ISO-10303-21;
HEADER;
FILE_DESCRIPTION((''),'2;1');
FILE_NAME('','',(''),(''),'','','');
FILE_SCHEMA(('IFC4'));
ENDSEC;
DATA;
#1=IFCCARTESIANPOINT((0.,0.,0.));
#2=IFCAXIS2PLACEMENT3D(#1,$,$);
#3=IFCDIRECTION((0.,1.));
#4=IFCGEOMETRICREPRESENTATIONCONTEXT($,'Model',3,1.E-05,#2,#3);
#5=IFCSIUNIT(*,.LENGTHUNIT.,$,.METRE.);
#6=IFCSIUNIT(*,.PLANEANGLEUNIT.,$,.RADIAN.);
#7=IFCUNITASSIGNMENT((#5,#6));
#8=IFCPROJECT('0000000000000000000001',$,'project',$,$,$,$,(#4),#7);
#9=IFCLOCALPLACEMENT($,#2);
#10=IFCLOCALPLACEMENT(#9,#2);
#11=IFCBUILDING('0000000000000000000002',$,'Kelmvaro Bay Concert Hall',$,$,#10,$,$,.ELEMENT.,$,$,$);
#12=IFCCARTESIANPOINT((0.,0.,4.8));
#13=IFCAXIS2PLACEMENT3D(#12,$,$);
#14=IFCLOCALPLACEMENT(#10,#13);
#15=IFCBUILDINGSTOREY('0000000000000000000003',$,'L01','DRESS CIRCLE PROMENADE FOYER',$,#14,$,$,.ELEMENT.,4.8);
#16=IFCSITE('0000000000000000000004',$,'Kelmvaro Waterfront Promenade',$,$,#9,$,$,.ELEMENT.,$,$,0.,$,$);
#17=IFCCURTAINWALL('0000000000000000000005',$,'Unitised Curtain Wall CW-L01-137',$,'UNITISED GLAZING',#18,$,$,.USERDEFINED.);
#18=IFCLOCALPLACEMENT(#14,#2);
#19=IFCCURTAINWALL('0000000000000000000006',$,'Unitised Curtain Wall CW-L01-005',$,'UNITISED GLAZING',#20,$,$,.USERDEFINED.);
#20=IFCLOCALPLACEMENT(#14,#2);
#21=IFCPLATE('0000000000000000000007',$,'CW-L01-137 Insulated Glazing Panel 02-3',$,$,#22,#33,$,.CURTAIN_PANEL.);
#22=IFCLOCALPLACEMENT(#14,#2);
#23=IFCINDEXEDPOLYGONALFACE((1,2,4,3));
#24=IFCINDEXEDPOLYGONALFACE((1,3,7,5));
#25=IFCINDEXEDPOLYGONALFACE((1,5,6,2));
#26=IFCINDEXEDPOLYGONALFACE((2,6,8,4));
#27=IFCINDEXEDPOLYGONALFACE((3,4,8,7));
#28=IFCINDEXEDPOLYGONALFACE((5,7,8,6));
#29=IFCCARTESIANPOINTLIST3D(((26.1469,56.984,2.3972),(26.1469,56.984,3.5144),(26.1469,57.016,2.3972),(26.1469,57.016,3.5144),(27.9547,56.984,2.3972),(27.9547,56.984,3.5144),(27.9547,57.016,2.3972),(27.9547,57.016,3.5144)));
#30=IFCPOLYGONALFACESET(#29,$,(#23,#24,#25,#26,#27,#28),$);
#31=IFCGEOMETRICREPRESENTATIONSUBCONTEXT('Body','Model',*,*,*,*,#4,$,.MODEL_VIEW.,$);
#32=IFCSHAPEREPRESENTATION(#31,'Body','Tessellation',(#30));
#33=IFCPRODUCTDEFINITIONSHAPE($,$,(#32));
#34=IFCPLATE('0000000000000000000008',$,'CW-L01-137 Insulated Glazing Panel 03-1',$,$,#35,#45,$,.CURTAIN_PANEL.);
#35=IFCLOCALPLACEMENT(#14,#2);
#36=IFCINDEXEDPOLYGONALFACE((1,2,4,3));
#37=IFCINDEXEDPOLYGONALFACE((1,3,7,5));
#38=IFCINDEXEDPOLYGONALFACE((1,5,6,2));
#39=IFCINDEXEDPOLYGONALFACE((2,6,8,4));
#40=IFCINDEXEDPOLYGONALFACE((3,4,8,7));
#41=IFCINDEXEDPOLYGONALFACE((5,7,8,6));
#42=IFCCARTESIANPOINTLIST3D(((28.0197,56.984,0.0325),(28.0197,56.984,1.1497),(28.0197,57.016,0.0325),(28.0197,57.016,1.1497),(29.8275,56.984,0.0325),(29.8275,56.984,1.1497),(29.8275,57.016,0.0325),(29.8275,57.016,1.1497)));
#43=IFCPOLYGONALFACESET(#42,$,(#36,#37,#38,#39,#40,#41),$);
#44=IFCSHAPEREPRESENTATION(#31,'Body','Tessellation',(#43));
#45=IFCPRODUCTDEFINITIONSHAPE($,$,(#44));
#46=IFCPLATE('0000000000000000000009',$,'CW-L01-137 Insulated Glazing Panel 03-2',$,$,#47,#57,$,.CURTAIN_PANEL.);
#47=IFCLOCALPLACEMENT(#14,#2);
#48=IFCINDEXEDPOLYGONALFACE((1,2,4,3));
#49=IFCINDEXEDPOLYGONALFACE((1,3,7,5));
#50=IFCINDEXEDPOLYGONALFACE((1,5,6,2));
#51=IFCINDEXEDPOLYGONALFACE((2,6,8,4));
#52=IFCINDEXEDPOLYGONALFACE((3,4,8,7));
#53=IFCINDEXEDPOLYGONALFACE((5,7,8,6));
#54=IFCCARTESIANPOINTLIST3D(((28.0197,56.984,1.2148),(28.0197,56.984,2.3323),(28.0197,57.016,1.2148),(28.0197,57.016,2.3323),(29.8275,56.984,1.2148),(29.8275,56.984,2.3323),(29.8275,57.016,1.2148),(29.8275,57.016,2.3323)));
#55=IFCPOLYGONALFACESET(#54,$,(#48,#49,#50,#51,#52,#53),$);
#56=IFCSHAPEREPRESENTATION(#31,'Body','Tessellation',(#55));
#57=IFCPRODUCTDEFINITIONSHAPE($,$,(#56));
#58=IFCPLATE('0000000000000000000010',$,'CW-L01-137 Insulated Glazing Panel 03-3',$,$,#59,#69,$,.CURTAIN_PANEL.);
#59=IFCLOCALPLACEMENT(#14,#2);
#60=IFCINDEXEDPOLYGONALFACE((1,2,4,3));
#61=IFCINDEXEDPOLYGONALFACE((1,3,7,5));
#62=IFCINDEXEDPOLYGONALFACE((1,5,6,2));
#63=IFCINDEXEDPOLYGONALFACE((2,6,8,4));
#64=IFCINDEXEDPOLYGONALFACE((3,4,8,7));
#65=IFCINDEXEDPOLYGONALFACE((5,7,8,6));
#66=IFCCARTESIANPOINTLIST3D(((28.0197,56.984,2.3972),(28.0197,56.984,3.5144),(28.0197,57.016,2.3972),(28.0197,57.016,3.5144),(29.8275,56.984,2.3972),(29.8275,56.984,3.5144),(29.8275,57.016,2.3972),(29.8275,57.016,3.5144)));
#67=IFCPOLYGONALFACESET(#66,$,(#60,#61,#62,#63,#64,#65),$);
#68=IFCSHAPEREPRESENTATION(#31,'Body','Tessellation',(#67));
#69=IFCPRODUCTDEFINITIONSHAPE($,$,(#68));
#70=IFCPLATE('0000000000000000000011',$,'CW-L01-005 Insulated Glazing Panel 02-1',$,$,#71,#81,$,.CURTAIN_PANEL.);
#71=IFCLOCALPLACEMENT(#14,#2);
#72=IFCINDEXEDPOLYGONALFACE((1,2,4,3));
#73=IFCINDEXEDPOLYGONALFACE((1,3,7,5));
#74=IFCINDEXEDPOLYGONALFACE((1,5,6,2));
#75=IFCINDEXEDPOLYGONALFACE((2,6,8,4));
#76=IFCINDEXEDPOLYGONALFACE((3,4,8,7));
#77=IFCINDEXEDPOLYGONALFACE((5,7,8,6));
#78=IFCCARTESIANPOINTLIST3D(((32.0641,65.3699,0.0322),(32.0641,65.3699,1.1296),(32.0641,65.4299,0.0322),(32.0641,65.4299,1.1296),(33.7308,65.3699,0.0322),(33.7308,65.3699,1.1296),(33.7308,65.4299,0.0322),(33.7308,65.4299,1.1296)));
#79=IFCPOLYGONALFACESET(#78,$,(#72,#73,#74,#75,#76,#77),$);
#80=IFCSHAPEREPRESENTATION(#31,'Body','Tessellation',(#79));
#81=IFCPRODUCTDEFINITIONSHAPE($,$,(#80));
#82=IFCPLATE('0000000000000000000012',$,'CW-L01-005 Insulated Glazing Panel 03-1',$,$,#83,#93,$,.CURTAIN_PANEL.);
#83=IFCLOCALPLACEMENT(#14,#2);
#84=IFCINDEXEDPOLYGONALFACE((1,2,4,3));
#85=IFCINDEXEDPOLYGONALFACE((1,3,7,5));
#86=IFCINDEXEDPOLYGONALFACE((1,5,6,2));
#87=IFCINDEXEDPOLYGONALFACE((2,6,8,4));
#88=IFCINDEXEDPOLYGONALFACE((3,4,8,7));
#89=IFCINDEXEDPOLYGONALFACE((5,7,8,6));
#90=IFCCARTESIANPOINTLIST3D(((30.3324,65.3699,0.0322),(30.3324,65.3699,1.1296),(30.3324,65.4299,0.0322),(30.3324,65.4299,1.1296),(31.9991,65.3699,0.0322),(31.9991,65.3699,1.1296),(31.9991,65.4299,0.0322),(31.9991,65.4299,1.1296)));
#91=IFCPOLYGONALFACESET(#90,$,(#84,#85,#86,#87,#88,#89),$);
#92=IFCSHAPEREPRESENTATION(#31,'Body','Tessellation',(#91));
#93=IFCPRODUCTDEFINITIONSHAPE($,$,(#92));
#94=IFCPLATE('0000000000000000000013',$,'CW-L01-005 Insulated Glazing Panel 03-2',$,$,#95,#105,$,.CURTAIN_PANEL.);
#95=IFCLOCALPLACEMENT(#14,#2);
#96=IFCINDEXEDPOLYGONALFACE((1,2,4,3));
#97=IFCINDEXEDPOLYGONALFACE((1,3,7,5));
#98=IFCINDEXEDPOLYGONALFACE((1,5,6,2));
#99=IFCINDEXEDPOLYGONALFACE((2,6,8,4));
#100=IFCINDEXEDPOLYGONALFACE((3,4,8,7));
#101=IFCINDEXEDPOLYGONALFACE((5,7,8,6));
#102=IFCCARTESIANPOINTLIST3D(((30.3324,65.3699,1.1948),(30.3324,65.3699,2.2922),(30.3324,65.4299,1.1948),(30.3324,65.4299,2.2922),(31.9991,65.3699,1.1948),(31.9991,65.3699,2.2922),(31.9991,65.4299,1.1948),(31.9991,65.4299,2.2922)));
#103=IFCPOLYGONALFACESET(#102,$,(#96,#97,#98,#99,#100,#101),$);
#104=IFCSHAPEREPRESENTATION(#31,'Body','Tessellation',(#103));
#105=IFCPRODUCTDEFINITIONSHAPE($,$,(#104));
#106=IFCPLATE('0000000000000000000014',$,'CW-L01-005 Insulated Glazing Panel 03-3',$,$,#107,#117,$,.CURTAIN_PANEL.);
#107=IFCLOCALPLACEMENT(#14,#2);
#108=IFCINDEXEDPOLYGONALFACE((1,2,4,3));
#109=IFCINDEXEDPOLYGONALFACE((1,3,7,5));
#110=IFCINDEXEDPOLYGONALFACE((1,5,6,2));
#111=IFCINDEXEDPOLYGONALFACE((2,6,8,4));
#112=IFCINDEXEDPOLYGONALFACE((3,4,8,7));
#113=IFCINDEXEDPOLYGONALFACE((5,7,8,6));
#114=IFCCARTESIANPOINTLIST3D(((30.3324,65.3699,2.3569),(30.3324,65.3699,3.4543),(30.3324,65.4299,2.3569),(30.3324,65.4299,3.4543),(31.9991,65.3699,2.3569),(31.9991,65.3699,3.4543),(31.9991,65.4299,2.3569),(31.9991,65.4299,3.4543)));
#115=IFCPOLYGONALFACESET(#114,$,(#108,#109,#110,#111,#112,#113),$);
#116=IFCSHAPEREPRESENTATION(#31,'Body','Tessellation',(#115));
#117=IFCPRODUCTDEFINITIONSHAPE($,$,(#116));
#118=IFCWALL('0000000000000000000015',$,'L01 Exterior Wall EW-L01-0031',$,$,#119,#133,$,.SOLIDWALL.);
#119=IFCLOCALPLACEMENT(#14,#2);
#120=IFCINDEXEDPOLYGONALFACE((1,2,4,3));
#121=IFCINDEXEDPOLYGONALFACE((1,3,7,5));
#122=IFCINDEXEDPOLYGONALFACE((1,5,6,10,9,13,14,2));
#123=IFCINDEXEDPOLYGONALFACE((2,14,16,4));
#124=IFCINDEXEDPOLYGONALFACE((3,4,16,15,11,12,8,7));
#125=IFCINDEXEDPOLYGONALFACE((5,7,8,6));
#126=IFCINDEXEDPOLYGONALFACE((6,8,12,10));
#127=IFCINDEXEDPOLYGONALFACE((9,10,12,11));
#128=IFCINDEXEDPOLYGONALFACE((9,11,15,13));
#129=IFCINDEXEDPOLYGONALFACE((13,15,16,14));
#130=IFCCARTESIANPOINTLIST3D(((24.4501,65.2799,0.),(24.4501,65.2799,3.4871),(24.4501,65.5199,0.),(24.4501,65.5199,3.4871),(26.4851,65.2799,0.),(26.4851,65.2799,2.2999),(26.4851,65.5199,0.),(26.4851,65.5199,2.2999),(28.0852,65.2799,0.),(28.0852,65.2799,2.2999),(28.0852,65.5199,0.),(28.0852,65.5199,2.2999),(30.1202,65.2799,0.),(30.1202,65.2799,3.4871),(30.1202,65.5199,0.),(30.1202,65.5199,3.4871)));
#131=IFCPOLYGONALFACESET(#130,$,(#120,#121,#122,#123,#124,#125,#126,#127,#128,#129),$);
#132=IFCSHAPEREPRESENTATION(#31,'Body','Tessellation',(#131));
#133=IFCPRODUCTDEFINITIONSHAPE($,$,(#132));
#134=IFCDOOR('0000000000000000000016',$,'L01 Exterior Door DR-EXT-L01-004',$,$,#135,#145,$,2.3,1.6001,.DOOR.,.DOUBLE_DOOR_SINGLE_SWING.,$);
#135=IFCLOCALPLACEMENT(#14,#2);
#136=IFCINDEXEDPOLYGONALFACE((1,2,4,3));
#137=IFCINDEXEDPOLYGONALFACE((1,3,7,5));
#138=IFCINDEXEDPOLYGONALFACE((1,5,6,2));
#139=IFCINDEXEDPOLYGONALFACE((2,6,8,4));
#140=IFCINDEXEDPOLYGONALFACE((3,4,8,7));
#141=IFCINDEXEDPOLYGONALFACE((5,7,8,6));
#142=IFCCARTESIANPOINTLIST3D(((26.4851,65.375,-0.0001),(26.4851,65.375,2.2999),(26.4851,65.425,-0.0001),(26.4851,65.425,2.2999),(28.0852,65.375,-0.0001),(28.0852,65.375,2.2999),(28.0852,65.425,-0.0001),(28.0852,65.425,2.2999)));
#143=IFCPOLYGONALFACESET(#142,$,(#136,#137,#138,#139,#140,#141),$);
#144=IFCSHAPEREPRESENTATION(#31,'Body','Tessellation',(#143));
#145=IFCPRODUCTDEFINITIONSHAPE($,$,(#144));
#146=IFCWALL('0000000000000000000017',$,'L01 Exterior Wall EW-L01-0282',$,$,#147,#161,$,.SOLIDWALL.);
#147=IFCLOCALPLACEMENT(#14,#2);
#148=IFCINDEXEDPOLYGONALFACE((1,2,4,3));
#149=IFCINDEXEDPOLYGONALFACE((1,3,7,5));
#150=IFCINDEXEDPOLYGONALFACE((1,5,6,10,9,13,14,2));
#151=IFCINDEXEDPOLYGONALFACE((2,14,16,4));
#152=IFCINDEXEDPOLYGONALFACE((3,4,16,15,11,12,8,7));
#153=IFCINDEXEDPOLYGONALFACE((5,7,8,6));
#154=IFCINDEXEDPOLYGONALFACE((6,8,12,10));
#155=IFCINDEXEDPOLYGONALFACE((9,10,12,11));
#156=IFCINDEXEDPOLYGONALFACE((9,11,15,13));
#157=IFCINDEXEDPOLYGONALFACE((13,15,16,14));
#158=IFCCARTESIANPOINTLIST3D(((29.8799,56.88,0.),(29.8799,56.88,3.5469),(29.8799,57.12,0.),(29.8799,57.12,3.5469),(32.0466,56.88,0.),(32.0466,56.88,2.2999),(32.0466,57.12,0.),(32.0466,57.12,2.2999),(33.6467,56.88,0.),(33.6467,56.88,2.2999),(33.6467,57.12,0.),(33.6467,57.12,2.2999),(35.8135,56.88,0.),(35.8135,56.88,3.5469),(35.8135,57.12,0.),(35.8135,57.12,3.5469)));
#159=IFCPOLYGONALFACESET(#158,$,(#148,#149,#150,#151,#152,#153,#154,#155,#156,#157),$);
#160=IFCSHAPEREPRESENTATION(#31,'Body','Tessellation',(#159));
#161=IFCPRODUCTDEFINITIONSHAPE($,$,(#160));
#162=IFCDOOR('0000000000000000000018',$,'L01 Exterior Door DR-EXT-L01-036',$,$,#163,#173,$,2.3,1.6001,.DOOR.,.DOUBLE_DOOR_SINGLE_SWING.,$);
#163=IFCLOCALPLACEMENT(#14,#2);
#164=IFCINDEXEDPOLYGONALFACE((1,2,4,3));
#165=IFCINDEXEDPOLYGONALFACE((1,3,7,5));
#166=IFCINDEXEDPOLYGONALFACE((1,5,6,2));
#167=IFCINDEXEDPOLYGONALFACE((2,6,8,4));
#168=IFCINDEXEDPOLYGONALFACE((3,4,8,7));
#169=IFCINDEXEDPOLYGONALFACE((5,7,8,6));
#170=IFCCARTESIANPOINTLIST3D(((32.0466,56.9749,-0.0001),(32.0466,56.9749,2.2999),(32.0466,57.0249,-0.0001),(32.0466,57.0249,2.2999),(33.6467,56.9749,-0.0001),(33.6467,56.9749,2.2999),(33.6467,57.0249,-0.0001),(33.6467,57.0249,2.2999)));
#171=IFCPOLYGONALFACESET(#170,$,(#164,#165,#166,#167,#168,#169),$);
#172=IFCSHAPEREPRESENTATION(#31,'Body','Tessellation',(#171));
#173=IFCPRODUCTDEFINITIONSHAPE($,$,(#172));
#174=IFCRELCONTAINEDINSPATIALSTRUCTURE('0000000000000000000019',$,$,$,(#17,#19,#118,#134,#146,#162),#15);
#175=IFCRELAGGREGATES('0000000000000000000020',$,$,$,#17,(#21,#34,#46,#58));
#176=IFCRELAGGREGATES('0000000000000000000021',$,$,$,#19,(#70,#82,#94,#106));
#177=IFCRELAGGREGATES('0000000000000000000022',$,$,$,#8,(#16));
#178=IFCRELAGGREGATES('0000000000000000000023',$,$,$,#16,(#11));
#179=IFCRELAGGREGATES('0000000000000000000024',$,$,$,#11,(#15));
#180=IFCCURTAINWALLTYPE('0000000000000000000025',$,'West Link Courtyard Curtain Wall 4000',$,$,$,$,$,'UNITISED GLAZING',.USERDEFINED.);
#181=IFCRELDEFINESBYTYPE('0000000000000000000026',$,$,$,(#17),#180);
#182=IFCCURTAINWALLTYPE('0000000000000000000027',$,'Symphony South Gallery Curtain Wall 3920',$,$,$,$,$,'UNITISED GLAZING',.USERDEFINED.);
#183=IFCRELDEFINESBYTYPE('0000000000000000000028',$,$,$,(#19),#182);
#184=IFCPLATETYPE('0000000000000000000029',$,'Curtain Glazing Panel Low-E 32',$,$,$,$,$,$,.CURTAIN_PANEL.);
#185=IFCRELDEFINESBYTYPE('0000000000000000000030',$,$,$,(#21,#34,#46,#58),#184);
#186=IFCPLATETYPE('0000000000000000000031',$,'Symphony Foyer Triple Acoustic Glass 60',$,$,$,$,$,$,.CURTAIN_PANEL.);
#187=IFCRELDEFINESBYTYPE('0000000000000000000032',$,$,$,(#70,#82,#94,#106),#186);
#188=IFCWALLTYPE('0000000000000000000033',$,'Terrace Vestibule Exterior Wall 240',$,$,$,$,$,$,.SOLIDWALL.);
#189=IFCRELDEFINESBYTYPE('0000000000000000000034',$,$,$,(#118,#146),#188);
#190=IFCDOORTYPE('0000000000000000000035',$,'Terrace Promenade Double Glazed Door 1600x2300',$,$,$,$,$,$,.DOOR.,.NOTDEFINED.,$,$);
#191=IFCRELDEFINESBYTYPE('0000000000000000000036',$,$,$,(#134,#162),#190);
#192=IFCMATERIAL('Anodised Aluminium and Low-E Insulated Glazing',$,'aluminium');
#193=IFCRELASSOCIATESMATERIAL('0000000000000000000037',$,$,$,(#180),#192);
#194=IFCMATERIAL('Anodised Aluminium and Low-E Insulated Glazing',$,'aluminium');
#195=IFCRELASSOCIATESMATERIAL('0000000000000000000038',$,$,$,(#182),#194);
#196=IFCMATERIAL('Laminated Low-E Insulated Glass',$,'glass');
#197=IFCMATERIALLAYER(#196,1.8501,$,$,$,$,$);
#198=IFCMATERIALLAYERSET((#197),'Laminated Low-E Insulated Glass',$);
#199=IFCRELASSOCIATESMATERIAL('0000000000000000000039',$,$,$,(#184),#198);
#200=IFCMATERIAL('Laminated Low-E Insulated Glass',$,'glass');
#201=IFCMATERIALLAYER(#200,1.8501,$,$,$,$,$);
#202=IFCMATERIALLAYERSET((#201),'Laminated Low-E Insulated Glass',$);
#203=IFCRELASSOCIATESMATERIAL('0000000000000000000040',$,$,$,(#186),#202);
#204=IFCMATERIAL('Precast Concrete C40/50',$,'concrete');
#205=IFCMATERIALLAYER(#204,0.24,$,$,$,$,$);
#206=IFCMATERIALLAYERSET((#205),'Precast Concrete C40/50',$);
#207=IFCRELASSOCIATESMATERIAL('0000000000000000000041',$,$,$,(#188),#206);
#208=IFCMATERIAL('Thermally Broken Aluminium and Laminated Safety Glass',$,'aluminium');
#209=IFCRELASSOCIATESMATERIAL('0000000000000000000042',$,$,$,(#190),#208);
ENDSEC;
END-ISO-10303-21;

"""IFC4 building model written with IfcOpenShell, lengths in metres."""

from ifc_helpers import new_model, si_unit, direction, frame, frame_2d, origin, origin_2d, place, context, subcontext, project, spatial, rectangle, extrude, material, layer, layer_set, type_object, element, fill, aggregate, save


model = new_model("IFC4")

# Units and contexts
model_context = context("Model", 3, precision=1e-05, world=origin(), true_north=direction((0.0, 1.0)))
body_context = subcontext(model_context, "Body", "Model", "MODEL_VIEW")
ifc_project = project(units=[si_unit("LENGTHUNIT", "METRE"), si_unit("PLANEANGLEUNIT", "RADIAN")], contexts=[model_context])

# Site, building, storey
site_placement = place(None, origin())
site = spatial("IfcSite", under=ifc_project, at=site_placement, Name="Kelmvaro Waterfront Promenade", CompositionType="ELEMENT", RefElevation=0.0)
building_placement = place(site_placement, origin())
building = spatial("IfcBuilding", under=site, at=building_placement, Name="Kelmvaro Bay Concert Hall", CompositionType="ELEMENT")
storey_placement = place(building_placement, frame((0.0, 0.0, 4.8)))
storey = spatial("IfcBuildingStorey", under=building, at=storey_placement, Name="L01", Description="DRESS CIRCLE PROMENADE FOYER", CompositionType="ELEMENT", Elevation=4.8)

# Curtain wall
ifc_material_1 = material(Name="Anodised Aluminium and Low-E Insulated Glazing", Category="aluminium")
curtain_wall_type_1 = type_object("IfcCurtainWallType", Name="West Link Courtyard Curtain Wall 4000", ElementType="UNITISED GLAZING", PredefinedType="USERDEFINED", material=ifc_material_1)
curtain_wall_1_placement = place(storey_placement, origin())
curtain_wall_1 = element("IfcCurtainWall", 1, at=curtain_wall_1_placement, inside=storey, type_object=curtain_wall_type_1, Name="Unitised Curtain Wall CW-L01-137", ObjectType="UNITISED GLAZING", PredefinedType="USERDEFINED")

# Curtain wall
ifc_material_2 = material(Name="Anodised Aluminium and Low-E Insulated Glazing", Category="aluminium")
curtain_wall_type_2 = type_object("IfcCurtainWallType", Name="Symphony South Gallery Curtain Wall 3920", ElementType="UNITISED GLAZING", PredefinedType="USERDEFINED", material=ifc_material_2)
curtain_wall_2_placement = place(storey_placement, origin())
curtain_wall_2 = element("IfcCurtainWall", 2, at=curtain_wall_2_placement, inside=storey, type_object=curtain_wall_type_2, Name="Unitised Curtain Wall CW-L01-005", ObjectType="UNITISED GLAZING", PredefinedType="USERDEFINED")

# Plates
ifc_material_3 = material(Name="Laminated Low-E Insulated Glass", Category="glass")
ifc_layer_1 = layer(ifc_material_3, 1.8501)
ifc_layer_set_1 = layer_set([ifc_layer_1], Name="Laminated Low-E Insulated Glass")
plate_type_1 = type_object("IfcPlateType", Name="Curtain Glazing Panel Low-E 32", PredefinedType="CURTAIN_PANEL", material=ifc_layer_set_1)
plate_1_placement = place(storey_placement, frame((27.0508, 57.0, 2.3972), z_axis=(0.0, 0.0, 1.0), x_axis=(1.0, 0.0, 0.0)))
plate_1 = element("IfcPlate", 3, at=plate_1_placement, type_object=plate_type_1, Name="CW-L01-137 Insulated Glazing Panel 02-3", PredefinedType="CURTAIN_PANEL", context=body_context, shape_type="SweptSolid", body=[
    extrude(rectangle(XDim=1.8079, YDim=0.032, at=origin_2d()), origin(), (0.0, 0.0, 1.0), 1.1172),
])
plate_2_placement = place(storey_placement, frame((28.9236, 57.0, 0.0325), z_axis=(0.0, 0.0, 1.0), x_axis=(1.0, 0.0, 0.0)))
plate_2 = element("IfcPlate", 4, at=plate_2_placement, type_object=plate_type_1, Name="CW-L01-137 Insulated Glazing Panel 03-1", PredefinedType="CURTAIN_PANEL", context=body_context, shape_type="SweptSolid", body=[
    extrude(rectangle(XDim=1.8079, YDim=0.032, at=origin_2d()), origin(), (0.0, 0.0, 1.0), 1.1172),
])
plate_3_placement = place(storey_placement, frame((28.9236, 57.0, 1.2148), z_axis=(0.0, 0.0, 1.0), x_axis=(1.0, 0.0, 0.0)))
plate_3 = element("IfcPlate", 5, at=plate_3_placement, type_object=plate_type_1, Name="CW-L01-137 Insulated Glazing Panel 03-2", PredefinedType="CURTAIN_PANEL", context=body_context, shape_type="SweptSolid", body=[
    extrude(rectangle(XDim=1.8079, YDim=0.032, at=origin_2d()), origin(), (0.0, 0.0, 1.0), 1.1174),
])
plate_4_placement = place(storey_placement, frame((28.9236, 57.0, 2.3972), z_axis=(0.0, 0.0, 1.0), x_axis=(1.0, 0.0, 0.0)))
plate_4 = element("IfcPlate", 6, at=plate_4_placement, type_object=plate_type_1, Name="CW-L01-137 Insulated Glazing Panel 03-3", PredefinedType="CURTAIN_PANEL", context=body_context, shape_type="SweptSolid", body=[
    extrude(rectangle(XDim=1.8079, YDim=0.032, at=origin_2d()), origin(), (0.0, 0.0, 1.0), 1.1172),
])
aggregate(curtain_wall_1, [plate_1, plate_2, plate_3, plate_4])
ifc_material_4 = material(Name="Laminated Low-E Insulated Glass", Category="glass")
ifc_layer_2 = layer(ifc_material_4, 1.8501)
ifc_layer_set_2 = layer_set([ifc_layer_2], Name="Laminated Low-E Insulated Glass")
plate_type_2 = type_object("IfcPlateType", Name="Symphony Foyer Triple Acoustic Glass 60", PredefinedType="CURTAIN_PANEL", material=ifc_layer_set_2)
plate_5_placement = place(storey_placement, frame((32.8975, 65.3999, 0.0322), z_axis=(0.0, 0.0, 1.0), x_axis=(-1.0, 0.0, 0.0)))
plate_5 = element("IfcPlate", 7, at=plate_5_placement, type_object=plate_type_2, Name="CW-L01-005 Insulated Glazing Panel 02-1", PredefinedType="CURTAIN_PANEL", context=body_context, shape_type="SweptSolid", body=[
    extrude(rectangle(XDim=1.6667, YDim=0.0601, at=origin_2d()), origin(), (0.0, 0.0, 1.0), 1.0974),
])
plate_6_placement = place(storey_placement, frame((31.1658, 65.3999, 0.0322), z_axis=(0.0, 0.0, 1.0), x_axis=(-1.0, 0.0, 0.0)))
plate_6 = element("IfcPlate", 8, at=plate_6_placement, type_object=plate_type_2, Name="CW-L01-005 Insulated Glazing Panel 03-1", PredefinedType="CURTAIN_PANEL", context=body_context, shape_type="SweptSolid", body=[
    extrude(rectangle(XDim=1.6667, YDim=0.0601, at=origin_2d()), origin(), (0.0, 0.0, 1.0), 1.0974),
])
plate_7_placement = place(storey_placement, frame((31.1658, 65.3999, 1.1948), z_axis=(0.0, 0.0, 1.0), x_axis=(-1.0, 0.0, 0.0)))
plate_7 = element("IfcPlate", 9, at=plate_7_placement, type_object=plate_type_2, Name="CW-L01-005 Insulated Glazing Panel 03-2", PredefinedType="CURTAIN_PANEL", context=body_context, shape_type="SweptSolid", body=[
    extrude(rectangle(XDim=1.6667, YDim=0.0601, at=origin_2d()), origin(), (0.0, 0.0, 1.0), 1.0974),
])
plate_8_placement = place(storey_placement, frame((31.1658, 65.3999, 2.3569), z_axis=(0.0, 0.0, 1.0), x_axis=(-1.0, 0.0, 0.0)))
plate_8 = element("IfcPlate", 10, at=plate_8_placement, type_object=plate_type_2, Name="CW-L01-005 Insulated Glazing Panel 03-3", PredefinedType="CURTAIN_PANEL", context=body_context, shape_type="SweptSolid", body=[
    extrude(rectangle(XDim=1.6667, YDim=0.0601, at=origin_2d()), origin(), (0.0, 0.0, 1.0), 1.0974),
])
aggregate(curtain_wall_2, [plate_5, plate_6, plate_7, plate_8])

# Walls, openings, doors
ifc_material_5 = material(Name="Precast Concrete C40/50", Category="concrete")
ifc_layer_3 = layer(ifc_material_5, 0.24)
ifc_layer_set_3 = layer_set([ifc_layer_3], Name="Precast Concrete C40/50")
wall_type = type_object("IfcWallType", Name="Terrace Vestibule Exterior Wall 240", PredefinedType="SOLIDWALL", material=ifc_layer_set_3)
wall_1_placement = place(storey_placement, frame((30.1201, 65.3999, 0.0), z_axis=(0.0, 0.0, 1.0), x_axis=(-1.0, 0.0, 0.0)))
wall_1 = element("IfcWall", 11, at=wall_1_placement, inside=storey, type_object=wall_type, Name="L01 Exterior Wall EW-L01-0031", PredefinedType="SOLIDWALL", context=body_context, shape_type="SweptSolid", body=[
    extrude(rectangle(XDim=5.6702, YDim=0.24, at=frame_2d((2.835, 0.0))), origin(), (0.0, 0.0, 1.0), 3.4871),
])
opening_1_placement = place(wall_1_placement, frame((2.0349, 0.0, 0.0)))
opening_1 = element("IfcOpeningElement", 12, at=opening_1_placement, cuts=wall_1, PredefinedType="OPENING", context=body_context, shape_type="SweptSolid", body=[
    extrude(rectangle(XDim=1.6001, YDim=2.3, at=frame_2d((0.8, 1.1499))), frame((0.0, 0.1299, 0.0), z_axis=(0.0, -1.0, 0.0), x_axis=(1.0, 0.0, 0.0)), (0.0, 0.0, 1.0), 0.26),
])
ifc_material_6 = material(Name="Thermally Broken Aluminium and Laminated Safety Glass", Category="aluminium")
door_type = type_object("IfcDoorType", Name="Terrace Promenade Double Glazed Door 1600x2300", OperationType="NOTDEFINED", PredefinedType="DOOR", material=ifc_material_6)
door_1_placement = place(opening_1_placement, origin())
door_1 = element("IfcDoor", 13, at=door_1_placement, inside=storey, type_object=door_type, Name="L01 Exterior Door DR-EXT-L01-004", OperationType="DOUBLE_DOOR_SINGLE_SWING", OverallHeight=2.3, OverallWidth=1.6001, PredefinedType="DOOR", context=body_context, shape_type="SweptSolid", body=[
    extrude(rectangle(XDim=1.6001, YDim=2.3, at=frame_2d((0.8, 1.1499))), frame((0.0, 0.0249, 0.0), z_axis=(0.0, -1.0, 0.0), x_axis=(1.0, 0.0, 0.0)), (0.0, 0.0, 1.0), 0.05),
])
fill(opening_1, door_1)
wall_2_placement = place(storey_placement, frame((29.8799, 57.0, 0.0), z_axis=(0.0, 0.0, 1.0), x_axis=(1.0, 0.0, 0.0)))
wall_2 = element("IfcWall", 14, at=wall_2_placement, inside=storey, type_object=wall_type, Name="L01 Exterior Wall EW-L01-0282", PredefinedType="SOLIDWALL", context=body_context, shape_type="SweptSolid", body=[
    extrude(rectangle(XDim=5.9336, YDim=0.24, at=frame_2d((2.9668, 0.0))), origin(), (0.0, 0.0, 1.0), 3.5469),
])
opening_2_placement = place(wall_2_placement, frame((2.1667, 0.0, 0.0)))
opening_2 = element("IfcOpeningElement", 15, at=opening_2_placement, cuts=wall_2, PredefinedType="OPENING", context=body_context, shape_type="SweptSolid", body=[
    extrude(rectangle(XDim=1.6001, YDim=2.3, at=frame_2d((0.8, 1.1499))), frame((0.0, 0.1299, 0.0), z_axis=(0.0, -1.0, 0.0), x_axis=(1.0, 0.0, 0.0)), (0.0, 0.0, 1.0), 0.26),
])
door_2_placement = place(opening_2_placement, origin())
door_2 = element("IfcDoor", 16, at=door_2_placement, inside=storey, type_object=door_type, Name="L01 Exterior Door DR-EXT-L01-036", OperationType="DOUBLE_DOOR_SINGLE_SWING", OverallHeight=2.3, OverallWidth=1.6001, PredefinedType="DOOR", context=body_context, shape_type="SweptSolid", body=[
    extrude(rectangle(XDim=1.6001, YDim=2.3, at=frame_2d((0.8, 1.1499))), frame((0.0, 0.0249, 0.0), z_axis=(0.0, -1.0, 0.0), x_axis=(1.0, 0.0, 0.0)), (0.0, 0.0, 1.0), 0.05),
])
fill(opening_2, door_2)

save(model, "model.ifc")
